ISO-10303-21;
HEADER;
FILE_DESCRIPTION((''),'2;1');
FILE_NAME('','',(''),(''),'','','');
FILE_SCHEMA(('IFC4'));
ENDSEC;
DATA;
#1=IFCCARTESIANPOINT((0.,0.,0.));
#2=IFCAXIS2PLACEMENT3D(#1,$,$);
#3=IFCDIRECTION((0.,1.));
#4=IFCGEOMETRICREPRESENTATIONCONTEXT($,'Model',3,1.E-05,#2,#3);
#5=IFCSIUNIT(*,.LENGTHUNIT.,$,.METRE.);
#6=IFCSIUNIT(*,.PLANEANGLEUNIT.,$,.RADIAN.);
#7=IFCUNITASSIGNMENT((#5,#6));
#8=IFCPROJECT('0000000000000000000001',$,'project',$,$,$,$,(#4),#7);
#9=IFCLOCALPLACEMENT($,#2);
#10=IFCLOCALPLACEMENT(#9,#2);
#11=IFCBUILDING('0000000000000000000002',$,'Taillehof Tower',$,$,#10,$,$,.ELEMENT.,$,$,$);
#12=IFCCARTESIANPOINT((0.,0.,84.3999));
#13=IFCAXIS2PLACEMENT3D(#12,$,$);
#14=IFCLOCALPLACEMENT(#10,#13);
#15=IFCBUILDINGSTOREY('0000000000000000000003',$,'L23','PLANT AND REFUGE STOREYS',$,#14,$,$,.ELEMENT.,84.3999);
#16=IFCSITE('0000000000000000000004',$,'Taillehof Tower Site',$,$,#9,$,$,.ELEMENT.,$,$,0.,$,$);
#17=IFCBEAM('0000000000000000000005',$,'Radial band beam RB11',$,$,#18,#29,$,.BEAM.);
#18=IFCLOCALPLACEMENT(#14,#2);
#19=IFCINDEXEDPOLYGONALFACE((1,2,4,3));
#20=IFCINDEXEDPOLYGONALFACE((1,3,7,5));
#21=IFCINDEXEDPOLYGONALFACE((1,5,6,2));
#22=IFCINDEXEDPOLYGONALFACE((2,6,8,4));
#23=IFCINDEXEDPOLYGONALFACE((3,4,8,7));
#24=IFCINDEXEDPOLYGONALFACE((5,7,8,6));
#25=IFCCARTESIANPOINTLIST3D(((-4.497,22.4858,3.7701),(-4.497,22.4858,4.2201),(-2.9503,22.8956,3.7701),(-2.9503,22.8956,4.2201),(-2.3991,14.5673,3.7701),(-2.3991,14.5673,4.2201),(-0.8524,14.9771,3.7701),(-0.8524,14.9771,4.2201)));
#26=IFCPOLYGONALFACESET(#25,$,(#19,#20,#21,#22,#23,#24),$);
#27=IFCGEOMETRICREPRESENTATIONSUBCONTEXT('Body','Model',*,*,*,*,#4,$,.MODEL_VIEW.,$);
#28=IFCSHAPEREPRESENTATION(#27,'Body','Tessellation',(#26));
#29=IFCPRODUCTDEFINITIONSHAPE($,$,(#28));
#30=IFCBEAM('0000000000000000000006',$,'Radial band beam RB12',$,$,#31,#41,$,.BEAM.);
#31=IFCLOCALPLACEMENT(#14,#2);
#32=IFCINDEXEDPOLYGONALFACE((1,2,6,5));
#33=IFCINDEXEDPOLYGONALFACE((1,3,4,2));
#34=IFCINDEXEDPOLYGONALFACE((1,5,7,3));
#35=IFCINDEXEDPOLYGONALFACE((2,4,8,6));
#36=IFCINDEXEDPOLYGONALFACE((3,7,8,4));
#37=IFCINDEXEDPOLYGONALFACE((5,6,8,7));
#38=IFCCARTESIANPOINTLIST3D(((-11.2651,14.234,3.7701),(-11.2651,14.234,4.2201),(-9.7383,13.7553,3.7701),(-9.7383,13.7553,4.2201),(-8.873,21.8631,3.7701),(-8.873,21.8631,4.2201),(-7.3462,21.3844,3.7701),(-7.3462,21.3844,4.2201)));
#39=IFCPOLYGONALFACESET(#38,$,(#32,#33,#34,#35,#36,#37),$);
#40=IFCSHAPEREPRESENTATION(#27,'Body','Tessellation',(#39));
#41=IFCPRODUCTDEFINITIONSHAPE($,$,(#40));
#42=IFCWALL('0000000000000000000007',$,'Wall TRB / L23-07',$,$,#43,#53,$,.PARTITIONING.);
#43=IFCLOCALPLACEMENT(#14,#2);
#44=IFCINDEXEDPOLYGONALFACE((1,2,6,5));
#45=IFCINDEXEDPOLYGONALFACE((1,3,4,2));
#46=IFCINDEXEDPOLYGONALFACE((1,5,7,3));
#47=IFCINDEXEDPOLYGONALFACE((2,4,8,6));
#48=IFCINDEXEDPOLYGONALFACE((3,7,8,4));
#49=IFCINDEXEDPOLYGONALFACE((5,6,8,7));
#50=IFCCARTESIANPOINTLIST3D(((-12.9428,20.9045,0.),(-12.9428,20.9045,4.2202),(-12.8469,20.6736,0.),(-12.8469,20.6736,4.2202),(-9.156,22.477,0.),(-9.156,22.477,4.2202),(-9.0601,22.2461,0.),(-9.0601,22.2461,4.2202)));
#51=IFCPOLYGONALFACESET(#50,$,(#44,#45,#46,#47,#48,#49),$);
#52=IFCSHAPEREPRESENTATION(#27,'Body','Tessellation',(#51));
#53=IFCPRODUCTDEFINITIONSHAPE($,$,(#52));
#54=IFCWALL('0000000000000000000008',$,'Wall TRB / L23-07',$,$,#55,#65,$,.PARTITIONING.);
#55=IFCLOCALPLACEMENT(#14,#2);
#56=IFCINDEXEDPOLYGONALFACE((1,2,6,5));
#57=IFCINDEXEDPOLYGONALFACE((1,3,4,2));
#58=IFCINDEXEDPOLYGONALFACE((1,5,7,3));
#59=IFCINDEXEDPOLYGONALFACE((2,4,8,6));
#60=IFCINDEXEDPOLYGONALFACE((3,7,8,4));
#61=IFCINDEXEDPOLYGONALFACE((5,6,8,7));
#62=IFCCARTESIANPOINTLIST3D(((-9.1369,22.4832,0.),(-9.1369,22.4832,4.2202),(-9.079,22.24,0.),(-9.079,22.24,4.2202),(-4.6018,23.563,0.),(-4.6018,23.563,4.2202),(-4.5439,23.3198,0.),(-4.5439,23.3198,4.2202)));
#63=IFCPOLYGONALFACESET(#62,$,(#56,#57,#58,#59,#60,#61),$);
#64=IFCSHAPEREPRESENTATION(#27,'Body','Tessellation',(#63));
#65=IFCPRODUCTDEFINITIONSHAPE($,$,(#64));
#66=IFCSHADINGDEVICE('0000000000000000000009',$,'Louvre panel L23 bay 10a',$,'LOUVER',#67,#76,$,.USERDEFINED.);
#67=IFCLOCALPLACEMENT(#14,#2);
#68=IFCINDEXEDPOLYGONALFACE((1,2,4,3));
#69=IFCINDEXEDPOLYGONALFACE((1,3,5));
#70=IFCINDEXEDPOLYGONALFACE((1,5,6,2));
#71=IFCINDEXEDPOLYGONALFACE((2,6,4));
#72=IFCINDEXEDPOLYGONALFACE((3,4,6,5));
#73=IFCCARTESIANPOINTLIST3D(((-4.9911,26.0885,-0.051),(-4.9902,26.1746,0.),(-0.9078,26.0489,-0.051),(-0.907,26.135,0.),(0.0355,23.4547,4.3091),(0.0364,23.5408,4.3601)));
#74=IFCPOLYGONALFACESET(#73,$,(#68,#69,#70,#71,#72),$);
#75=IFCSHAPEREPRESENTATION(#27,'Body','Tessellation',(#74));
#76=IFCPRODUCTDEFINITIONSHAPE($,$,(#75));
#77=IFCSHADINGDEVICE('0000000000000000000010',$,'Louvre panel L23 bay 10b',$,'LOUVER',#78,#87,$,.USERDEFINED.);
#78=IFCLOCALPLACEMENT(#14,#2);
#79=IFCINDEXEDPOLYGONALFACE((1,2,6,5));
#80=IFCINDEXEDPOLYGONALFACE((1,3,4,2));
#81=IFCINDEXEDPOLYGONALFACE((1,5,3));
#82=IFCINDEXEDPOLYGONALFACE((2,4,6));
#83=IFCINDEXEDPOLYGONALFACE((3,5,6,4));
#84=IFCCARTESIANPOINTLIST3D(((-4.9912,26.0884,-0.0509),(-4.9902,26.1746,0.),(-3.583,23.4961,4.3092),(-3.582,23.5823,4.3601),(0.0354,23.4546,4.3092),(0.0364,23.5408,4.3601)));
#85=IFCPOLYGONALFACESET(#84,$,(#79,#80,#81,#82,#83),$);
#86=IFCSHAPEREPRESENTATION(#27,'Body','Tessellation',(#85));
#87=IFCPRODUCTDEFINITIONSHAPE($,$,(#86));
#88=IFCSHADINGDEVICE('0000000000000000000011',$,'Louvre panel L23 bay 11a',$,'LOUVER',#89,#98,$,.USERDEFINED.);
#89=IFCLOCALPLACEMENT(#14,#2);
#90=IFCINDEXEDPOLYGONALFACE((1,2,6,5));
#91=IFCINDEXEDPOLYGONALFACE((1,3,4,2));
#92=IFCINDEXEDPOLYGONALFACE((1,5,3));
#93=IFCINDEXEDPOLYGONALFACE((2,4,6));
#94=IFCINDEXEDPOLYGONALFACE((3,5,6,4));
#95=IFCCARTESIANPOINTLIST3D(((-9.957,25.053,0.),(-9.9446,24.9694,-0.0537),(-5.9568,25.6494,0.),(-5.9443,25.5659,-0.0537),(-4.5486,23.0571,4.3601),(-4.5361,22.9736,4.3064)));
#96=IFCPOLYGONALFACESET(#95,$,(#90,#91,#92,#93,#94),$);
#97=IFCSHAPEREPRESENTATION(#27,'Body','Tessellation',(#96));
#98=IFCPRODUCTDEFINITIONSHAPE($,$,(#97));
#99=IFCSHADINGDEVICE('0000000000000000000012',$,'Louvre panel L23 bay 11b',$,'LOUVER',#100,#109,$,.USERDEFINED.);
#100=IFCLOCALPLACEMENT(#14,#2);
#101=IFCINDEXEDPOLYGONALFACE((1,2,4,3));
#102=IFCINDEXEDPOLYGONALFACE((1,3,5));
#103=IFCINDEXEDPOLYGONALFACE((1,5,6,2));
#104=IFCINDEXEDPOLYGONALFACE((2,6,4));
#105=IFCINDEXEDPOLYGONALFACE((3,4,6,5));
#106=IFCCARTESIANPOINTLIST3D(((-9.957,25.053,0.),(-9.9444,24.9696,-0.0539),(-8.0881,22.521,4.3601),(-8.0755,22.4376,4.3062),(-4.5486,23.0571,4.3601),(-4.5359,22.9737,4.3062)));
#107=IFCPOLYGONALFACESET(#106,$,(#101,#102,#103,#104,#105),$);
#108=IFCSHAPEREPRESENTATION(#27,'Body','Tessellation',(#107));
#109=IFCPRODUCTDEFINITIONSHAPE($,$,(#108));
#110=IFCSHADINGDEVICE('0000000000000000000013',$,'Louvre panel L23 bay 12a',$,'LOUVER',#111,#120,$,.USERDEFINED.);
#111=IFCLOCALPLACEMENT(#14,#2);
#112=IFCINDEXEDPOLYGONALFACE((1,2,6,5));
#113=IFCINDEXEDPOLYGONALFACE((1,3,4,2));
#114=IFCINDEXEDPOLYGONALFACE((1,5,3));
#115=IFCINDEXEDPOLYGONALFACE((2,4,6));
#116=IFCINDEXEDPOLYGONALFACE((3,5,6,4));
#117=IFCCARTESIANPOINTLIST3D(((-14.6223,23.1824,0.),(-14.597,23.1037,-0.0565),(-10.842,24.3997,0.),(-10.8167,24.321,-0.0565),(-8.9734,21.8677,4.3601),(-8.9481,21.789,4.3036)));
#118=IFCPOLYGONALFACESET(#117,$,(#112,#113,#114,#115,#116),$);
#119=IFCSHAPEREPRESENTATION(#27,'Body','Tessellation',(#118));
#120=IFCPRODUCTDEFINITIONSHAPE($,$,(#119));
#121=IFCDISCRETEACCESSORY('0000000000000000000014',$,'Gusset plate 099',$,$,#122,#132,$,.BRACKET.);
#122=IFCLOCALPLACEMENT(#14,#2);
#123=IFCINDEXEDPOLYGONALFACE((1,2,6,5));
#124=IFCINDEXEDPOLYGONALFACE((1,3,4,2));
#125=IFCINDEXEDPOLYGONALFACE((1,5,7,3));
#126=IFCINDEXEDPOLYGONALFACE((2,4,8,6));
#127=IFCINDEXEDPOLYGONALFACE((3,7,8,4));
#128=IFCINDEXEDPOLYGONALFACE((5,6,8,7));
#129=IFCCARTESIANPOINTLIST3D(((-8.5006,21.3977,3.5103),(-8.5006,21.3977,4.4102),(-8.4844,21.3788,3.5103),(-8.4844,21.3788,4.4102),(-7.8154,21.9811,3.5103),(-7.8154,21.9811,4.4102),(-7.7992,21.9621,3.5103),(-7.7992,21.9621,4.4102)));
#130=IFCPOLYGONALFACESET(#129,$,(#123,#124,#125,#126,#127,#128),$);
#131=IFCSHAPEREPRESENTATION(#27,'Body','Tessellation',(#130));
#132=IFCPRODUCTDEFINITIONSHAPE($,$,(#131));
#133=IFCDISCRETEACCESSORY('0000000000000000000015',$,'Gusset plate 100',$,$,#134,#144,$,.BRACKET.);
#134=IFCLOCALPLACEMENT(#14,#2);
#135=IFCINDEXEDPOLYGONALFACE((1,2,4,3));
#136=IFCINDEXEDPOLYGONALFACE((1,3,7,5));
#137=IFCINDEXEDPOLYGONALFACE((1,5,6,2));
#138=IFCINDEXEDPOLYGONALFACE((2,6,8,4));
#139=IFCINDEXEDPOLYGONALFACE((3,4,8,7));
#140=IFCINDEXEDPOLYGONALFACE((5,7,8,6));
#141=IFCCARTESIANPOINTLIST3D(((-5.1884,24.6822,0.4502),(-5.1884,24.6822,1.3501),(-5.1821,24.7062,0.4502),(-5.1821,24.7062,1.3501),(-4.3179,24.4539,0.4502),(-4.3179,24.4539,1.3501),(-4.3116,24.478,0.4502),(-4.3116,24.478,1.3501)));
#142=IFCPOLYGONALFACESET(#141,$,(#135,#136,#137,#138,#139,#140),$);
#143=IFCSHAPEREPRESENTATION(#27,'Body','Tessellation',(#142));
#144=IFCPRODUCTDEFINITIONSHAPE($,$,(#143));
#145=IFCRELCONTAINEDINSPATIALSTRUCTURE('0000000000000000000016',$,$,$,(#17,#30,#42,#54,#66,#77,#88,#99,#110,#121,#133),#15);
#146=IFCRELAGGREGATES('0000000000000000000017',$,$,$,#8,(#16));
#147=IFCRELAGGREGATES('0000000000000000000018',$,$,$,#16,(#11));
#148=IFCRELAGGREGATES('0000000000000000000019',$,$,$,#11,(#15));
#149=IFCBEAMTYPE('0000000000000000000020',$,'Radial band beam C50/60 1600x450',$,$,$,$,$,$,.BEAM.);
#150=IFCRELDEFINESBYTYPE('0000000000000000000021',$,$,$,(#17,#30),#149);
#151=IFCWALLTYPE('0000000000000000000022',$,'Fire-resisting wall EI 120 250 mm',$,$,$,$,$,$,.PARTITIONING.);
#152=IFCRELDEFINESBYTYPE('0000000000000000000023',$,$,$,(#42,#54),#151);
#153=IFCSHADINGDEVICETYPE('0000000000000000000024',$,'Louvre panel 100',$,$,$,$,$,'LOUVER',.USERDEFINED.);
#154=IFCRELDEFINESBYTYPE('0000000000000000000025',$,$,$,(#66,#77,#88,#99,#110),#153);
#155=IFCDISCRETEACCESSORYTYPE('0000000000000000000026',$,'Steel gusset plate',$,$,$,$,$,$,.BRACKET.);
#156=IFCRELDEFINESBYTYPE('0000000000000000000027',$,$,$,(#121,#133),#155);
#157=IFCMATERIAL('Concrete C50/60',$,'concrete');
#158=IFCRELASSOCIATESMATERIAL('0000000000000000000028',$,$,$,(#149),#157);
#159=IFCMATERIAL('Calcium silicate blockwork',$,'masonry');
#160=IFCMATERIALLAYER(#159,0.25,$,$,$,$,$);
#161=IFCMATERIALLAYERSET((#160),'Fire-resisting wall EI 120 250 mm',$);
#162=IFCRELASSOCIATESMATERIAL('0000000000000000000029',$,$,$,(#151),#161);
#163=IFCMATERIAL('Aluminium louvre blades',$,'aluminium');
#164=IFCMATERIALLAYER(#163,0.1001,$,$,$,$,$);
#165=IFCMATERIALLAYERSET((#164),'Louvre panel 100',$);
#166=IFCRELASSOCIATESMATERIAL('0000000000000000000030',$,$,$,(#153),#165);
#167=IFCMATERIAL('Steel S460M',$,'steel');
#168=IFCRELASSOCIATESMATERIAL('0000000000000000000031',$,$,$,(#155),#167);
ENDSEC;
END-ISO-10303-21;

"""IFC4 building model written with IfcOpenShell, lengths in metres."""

from ifc_helpers import new_model, si_unit, direction, frame, frame_2d, origin, origin_2d, place, context, subcontext, project, spatial, polyline, rectangle, outline, extrude, material, layer, layer_set, material_profile, profile_set, type_object, element, save


model = new_model("IFC4")

# Units and contexts
model_context = context("Model", 3, precision=1e-05, world=origin(), true_north=direction((0.0, 1.0)))
body_context = subcontext(model_context, "Body", "Model", "MODEL_VIEW")
ifc_project = project(units=[si_unit("LENGTHUNIT", "METRE"), si_unit("PLANEANGLEUNIT", "RADIAN")], contexts=[model_context])

# Site, building, storey
site_placement = place(None, origin())
site = spatial("IfcSite", under=ifc_project, at=site_placement, Name="Taillehof Tower Site", CompositionType="ELEMENT", RefElevation=0.0)
building_placement = place(site_placement, origin())
building = spatial("IfcBuilding", under=site, at=building_placement, Name="Taillehof Tower", CompositionType="ELEMENT")
storey_placement = place(building_placement, frame((0.0, 0.0, 84.3999)))
storey = spatial("IfcBuildingStorey", under=building, at=storey_placement, Name="L23", Description="PLANT AND REFUGE STOREYS", CompositionType="ELEMENT", Elevation=84.3999)

# Beams
ifc_material_1 = material(Name="Concrete C50/60", Category="concrete")
ifc_material_profile_1 = material_profile(ifc_material_1, rectangle(XDim=1.6001, YDim=0.45, at=origin_2d()), Name="RC 1600x450")
ifc_profile_set_1 = profile_set([ifc_material_profile_1], Name="Concrete C50/60")
beam_type = type_object("IfcBeamType", Name="Radial band beam C50/60 1600x450", PredefinedType="BEAM", material=ifc_profile_set_1)
beam_1_placement = place(storey_placement, frame((-3.7236, 22.6907, 3.9951), z_axis=(0.256102, -0.96665, 0.0), x_axis=(0.96665, 0.256102, 0.0)))
element("IfcBeam", 1, at=beam_1_placement, inside=storey, type_object=beam_type, Name="Radial band beam RB11", PredefinedType="BEAM", context=body_context, shape_type="SweptSolid", body=[
    extrude(rectangle(XDim=1.6001, YDim=0.45, at=origin_2d()), origin(), (0.0, 0.0, 1.0), 8.1917),
])
beam_2_placement = place(storey_placement, frame((-8.1096, 21.6238, 3.9951), z_axis=(-0.299184, -0.954195, 0.0), x_axis=(0.954195, -0.299184, 0.0)))
element("IfcBeam", 2, at=beam_2_placement, inside=storey, type_object=beam_type, Name="Radial band beam RB12", PredefinedType="BEAM", context=body_context, shape_type="SweptSolid", body=[
    extrude(rectangle(XDim=1.6001, YDim=0.45, at=origin_2d()), origin(), (0.0, 0.0, 1.0), 7.9954),
])

# Walls
ifc_material_2 = material(Name="Calcium silicate blockwork", Category="masonry")
ifc_layer_1 = layer(ifc_material_2, 0.25)
ifc_layer_set_1 = layer_set([ifc_layer_1], Name="Fire-resisting wall EI 120 250 mm")
wall_type = type_object("IfcWallType", Name="Fire-resisting wall EI 120 250 mm", PredefinedType="PARTITIONING", material=ifc_layer_set_1)
wall_1_placement = place(storey_placement, frame((-9.1079, 22.3616, 0.0), z_axis=(0.0, 0.0, 1.0), x_axis=(-0.92354, -0.383503, 0.0)))
element("IfcWall", 3, at=wall_1_placement, inside=storey, type_object=wall_type, Name="Wall TRB / L23-07", PredefinedType="PARTITIONING", context=body_context, shape_type="SweptSolid", body=[
    extrude(rectangle(XDim=4.1003, YDim=0.25, at=frame_2d((2.0503, 0.0))), origin(), (0.0, 0.0, 1.0), 4.2202),
])
wall_2_placement = place(storey_placement, frame((-4.5728, 23.4414, 0.0), z_axis=(0.0, 0.0, 1.0), x_axis=(-0.972805, -0.231628, 0.0)))
element("IfcWall", 4, at=wall_2_placement, inside=storey, type_object=wall_type, Name="Wall TRB / L23-07", PredefinedType="PARTITIONING", context=body_context, shape_type="SweptSolid", body=[
    extrude(rectangle(XDim=4.6619, YDim=0.25, at=frame_2d((2.3311, 0.0))), origin(), (0.0, 0.0, 1.0), 4.2202),
])

# Shading devices
ifc_material_3 = material(Name="Aluminium louvre blades", Category="aluminium")
ifc_layer_2 = layer(ifc_material_3, 0.1001)
ifc_layer_set_2 = layer_set([ifc_layer_2], Name="Louvre panel 100")
shading_device_type = type_object("IfcShadingDeviceType", Name="Louvre panel 100", ElementType="LOUVER", PredefinedType="USERDEFINED", material=ifc_layer_set_2)
shading_device_1_placement = place(storey_placement, frame((-0.907, 26.135, 0.0), z_axis=(0.008331, 0.860146, 0.509979), x_axis=(-0.999953, 0.009686, 0.0)))
element("IfcShadingDevice", 5, at=shading_device_1_placement, inside=storey, type_object=shading_device_type, Name="Louvre panel L23 bay 10a", ObjectType="LOUVER", PredefinedType="USERDEFINED", context=body_context, shape_type="SweptSolid", body=[
    extrude(outline(polyline([(0.0, 0.0), (4.0834, 0.0), (-0.9684, 5.0688), (0.0, 0.0)])), origin(), (0.0, 0.0, -1.0), 0.1001),
])
shading_device_2_placement = place(storey_placement, frame((-4.9902, 26.1746, 0.0), z_axis=(0.009875, 0.86091, 0.508661), x_axis=(0.267497, -0.492421, 0.828231)))
element("IfcShadingDevice", 6, at=shading_device_2_placement, inside=storey, type_object=shading_device_type, Name="Louvre panel L23 bay 10b", ObjectType="LOUVER", PredefinedType="USERDEFINED", context=body_context, shape_type="SweptSolid", body=[
    extrude(outline(polyline([(0.0, 0.0), (5.2644, 0.0), (6.2527, 3.4811), (0.0, 0.0)])), origin(), (0.0, 0.0, -1.0), 0.1001),
])
shading_device_3_placement = place(storey_placement, frame((-5.9568, 25.6494, 0.0), z_axis=(-0.124453, 0.834698, 0.536462), x_axis=(-0.989067, -0.14747, 0.0)))
element("IfcShadingDevice", 7, at=shading_device_3_placement, inside=storey, type_object=shading_device_type, Name="Louvre panel L23 bay 11a", ObjectType="LOUVER", PredefinedType="USERDEFINED", context=body_context, shape_type="SweptSolid", body=[
    extrude(outline(polyline([(0.0, 0.0), (4.0445, 0.0), (-1.0105, 5.1665), (0.0, 0.0)])), origin(), (0.0, 0.0, -1.0), 0.1001),
])
shading_device_4_placement = place(storey_placement, frame((-9.957, 25.053, 0.0), z_axis=(-0.126233, 0.833393, 0.538072), x_axis=(0.34756, -0.470874, 0.810851)))
element("IfcShadingDevice", 8, at=shading_device_4_placement, inside=storey, type_object=shading_device_type, Name="Louvre panel L23 bay 11b", ObjectType="LOUVER", PredefinedType="USERDEFINED", context=body_context, shape_type="SweptSolid", body=[
    extrude(outline(polyline([(0.0, 0.0), (5.3772, 0.0), (6.355, 3.4438), (0.0, 0.0)])), origin(), (0.0, 0.0, -1.0), 0.1001),
])
shading_device_5_placement = place(storey_placement, frame((-10.842, 24.3997, 0.0), z_axis=(-0.252975, 0.785613, 0.564638), x_axis=(-0.951867, -0.306511, 0.0)))
element("IfcShadingDevice", 9, at=shading_device_5_placement, inside=storey, type_object=shading_device_type, Name="Louvre panel L23 bay 12a", ObjectType="LOUVER", PredefinedType="USERDEFINED", context=body_context, shape_type="SweptSolid", body=[
    extrude(outline(polyline([(0.0, 0.0), (3.9714, 0.0), (-1.0026, 5.2828), (0.0, 0.0)])), origin(), (0.0, 0.0, -1.0), 0.1001),
])

# Discrete accessories
ifc_material_4 = material(Name="Steel S460M", Category="steel")
discrete_accessory_type = type_object("IfcDiscreteAccessoryType", Name="Steel gusset plate", PredefinedType="BRACKET", material=ifc_material_4)
for number, where, z_axis, x_axis, name in (
    (10, (-8.1499, 21.6799, 3.5103), (0.0, 0.0, 1.0), (-0.761398, -0.648285, 0.0), "Gusset plate 099"),
    (11, (-4.75, 24.5801, 0.4502), (0.0, 0.0, 1.0), (-0.967301, 0.253631, 0.0), "Gusset plate 100"),
):
    element("IfcDiscreteAccessory", number, at=place(storey_placement, frame(where, z_axis=z_axis, x_axis=x_axis)), inside=storey, type_object=discrete_accessory_type, Name=name, PredefinedType="BRACKET", context=body_context, shape_type="SweptSolid", body=[
        extrude(rectangle(XDim=0.8999, YDim=0.0249, at=origin_2d()), origin(), (0.0, 0.0, 1.0), 0.8999),
    ])

save(model, "model.ifc")
